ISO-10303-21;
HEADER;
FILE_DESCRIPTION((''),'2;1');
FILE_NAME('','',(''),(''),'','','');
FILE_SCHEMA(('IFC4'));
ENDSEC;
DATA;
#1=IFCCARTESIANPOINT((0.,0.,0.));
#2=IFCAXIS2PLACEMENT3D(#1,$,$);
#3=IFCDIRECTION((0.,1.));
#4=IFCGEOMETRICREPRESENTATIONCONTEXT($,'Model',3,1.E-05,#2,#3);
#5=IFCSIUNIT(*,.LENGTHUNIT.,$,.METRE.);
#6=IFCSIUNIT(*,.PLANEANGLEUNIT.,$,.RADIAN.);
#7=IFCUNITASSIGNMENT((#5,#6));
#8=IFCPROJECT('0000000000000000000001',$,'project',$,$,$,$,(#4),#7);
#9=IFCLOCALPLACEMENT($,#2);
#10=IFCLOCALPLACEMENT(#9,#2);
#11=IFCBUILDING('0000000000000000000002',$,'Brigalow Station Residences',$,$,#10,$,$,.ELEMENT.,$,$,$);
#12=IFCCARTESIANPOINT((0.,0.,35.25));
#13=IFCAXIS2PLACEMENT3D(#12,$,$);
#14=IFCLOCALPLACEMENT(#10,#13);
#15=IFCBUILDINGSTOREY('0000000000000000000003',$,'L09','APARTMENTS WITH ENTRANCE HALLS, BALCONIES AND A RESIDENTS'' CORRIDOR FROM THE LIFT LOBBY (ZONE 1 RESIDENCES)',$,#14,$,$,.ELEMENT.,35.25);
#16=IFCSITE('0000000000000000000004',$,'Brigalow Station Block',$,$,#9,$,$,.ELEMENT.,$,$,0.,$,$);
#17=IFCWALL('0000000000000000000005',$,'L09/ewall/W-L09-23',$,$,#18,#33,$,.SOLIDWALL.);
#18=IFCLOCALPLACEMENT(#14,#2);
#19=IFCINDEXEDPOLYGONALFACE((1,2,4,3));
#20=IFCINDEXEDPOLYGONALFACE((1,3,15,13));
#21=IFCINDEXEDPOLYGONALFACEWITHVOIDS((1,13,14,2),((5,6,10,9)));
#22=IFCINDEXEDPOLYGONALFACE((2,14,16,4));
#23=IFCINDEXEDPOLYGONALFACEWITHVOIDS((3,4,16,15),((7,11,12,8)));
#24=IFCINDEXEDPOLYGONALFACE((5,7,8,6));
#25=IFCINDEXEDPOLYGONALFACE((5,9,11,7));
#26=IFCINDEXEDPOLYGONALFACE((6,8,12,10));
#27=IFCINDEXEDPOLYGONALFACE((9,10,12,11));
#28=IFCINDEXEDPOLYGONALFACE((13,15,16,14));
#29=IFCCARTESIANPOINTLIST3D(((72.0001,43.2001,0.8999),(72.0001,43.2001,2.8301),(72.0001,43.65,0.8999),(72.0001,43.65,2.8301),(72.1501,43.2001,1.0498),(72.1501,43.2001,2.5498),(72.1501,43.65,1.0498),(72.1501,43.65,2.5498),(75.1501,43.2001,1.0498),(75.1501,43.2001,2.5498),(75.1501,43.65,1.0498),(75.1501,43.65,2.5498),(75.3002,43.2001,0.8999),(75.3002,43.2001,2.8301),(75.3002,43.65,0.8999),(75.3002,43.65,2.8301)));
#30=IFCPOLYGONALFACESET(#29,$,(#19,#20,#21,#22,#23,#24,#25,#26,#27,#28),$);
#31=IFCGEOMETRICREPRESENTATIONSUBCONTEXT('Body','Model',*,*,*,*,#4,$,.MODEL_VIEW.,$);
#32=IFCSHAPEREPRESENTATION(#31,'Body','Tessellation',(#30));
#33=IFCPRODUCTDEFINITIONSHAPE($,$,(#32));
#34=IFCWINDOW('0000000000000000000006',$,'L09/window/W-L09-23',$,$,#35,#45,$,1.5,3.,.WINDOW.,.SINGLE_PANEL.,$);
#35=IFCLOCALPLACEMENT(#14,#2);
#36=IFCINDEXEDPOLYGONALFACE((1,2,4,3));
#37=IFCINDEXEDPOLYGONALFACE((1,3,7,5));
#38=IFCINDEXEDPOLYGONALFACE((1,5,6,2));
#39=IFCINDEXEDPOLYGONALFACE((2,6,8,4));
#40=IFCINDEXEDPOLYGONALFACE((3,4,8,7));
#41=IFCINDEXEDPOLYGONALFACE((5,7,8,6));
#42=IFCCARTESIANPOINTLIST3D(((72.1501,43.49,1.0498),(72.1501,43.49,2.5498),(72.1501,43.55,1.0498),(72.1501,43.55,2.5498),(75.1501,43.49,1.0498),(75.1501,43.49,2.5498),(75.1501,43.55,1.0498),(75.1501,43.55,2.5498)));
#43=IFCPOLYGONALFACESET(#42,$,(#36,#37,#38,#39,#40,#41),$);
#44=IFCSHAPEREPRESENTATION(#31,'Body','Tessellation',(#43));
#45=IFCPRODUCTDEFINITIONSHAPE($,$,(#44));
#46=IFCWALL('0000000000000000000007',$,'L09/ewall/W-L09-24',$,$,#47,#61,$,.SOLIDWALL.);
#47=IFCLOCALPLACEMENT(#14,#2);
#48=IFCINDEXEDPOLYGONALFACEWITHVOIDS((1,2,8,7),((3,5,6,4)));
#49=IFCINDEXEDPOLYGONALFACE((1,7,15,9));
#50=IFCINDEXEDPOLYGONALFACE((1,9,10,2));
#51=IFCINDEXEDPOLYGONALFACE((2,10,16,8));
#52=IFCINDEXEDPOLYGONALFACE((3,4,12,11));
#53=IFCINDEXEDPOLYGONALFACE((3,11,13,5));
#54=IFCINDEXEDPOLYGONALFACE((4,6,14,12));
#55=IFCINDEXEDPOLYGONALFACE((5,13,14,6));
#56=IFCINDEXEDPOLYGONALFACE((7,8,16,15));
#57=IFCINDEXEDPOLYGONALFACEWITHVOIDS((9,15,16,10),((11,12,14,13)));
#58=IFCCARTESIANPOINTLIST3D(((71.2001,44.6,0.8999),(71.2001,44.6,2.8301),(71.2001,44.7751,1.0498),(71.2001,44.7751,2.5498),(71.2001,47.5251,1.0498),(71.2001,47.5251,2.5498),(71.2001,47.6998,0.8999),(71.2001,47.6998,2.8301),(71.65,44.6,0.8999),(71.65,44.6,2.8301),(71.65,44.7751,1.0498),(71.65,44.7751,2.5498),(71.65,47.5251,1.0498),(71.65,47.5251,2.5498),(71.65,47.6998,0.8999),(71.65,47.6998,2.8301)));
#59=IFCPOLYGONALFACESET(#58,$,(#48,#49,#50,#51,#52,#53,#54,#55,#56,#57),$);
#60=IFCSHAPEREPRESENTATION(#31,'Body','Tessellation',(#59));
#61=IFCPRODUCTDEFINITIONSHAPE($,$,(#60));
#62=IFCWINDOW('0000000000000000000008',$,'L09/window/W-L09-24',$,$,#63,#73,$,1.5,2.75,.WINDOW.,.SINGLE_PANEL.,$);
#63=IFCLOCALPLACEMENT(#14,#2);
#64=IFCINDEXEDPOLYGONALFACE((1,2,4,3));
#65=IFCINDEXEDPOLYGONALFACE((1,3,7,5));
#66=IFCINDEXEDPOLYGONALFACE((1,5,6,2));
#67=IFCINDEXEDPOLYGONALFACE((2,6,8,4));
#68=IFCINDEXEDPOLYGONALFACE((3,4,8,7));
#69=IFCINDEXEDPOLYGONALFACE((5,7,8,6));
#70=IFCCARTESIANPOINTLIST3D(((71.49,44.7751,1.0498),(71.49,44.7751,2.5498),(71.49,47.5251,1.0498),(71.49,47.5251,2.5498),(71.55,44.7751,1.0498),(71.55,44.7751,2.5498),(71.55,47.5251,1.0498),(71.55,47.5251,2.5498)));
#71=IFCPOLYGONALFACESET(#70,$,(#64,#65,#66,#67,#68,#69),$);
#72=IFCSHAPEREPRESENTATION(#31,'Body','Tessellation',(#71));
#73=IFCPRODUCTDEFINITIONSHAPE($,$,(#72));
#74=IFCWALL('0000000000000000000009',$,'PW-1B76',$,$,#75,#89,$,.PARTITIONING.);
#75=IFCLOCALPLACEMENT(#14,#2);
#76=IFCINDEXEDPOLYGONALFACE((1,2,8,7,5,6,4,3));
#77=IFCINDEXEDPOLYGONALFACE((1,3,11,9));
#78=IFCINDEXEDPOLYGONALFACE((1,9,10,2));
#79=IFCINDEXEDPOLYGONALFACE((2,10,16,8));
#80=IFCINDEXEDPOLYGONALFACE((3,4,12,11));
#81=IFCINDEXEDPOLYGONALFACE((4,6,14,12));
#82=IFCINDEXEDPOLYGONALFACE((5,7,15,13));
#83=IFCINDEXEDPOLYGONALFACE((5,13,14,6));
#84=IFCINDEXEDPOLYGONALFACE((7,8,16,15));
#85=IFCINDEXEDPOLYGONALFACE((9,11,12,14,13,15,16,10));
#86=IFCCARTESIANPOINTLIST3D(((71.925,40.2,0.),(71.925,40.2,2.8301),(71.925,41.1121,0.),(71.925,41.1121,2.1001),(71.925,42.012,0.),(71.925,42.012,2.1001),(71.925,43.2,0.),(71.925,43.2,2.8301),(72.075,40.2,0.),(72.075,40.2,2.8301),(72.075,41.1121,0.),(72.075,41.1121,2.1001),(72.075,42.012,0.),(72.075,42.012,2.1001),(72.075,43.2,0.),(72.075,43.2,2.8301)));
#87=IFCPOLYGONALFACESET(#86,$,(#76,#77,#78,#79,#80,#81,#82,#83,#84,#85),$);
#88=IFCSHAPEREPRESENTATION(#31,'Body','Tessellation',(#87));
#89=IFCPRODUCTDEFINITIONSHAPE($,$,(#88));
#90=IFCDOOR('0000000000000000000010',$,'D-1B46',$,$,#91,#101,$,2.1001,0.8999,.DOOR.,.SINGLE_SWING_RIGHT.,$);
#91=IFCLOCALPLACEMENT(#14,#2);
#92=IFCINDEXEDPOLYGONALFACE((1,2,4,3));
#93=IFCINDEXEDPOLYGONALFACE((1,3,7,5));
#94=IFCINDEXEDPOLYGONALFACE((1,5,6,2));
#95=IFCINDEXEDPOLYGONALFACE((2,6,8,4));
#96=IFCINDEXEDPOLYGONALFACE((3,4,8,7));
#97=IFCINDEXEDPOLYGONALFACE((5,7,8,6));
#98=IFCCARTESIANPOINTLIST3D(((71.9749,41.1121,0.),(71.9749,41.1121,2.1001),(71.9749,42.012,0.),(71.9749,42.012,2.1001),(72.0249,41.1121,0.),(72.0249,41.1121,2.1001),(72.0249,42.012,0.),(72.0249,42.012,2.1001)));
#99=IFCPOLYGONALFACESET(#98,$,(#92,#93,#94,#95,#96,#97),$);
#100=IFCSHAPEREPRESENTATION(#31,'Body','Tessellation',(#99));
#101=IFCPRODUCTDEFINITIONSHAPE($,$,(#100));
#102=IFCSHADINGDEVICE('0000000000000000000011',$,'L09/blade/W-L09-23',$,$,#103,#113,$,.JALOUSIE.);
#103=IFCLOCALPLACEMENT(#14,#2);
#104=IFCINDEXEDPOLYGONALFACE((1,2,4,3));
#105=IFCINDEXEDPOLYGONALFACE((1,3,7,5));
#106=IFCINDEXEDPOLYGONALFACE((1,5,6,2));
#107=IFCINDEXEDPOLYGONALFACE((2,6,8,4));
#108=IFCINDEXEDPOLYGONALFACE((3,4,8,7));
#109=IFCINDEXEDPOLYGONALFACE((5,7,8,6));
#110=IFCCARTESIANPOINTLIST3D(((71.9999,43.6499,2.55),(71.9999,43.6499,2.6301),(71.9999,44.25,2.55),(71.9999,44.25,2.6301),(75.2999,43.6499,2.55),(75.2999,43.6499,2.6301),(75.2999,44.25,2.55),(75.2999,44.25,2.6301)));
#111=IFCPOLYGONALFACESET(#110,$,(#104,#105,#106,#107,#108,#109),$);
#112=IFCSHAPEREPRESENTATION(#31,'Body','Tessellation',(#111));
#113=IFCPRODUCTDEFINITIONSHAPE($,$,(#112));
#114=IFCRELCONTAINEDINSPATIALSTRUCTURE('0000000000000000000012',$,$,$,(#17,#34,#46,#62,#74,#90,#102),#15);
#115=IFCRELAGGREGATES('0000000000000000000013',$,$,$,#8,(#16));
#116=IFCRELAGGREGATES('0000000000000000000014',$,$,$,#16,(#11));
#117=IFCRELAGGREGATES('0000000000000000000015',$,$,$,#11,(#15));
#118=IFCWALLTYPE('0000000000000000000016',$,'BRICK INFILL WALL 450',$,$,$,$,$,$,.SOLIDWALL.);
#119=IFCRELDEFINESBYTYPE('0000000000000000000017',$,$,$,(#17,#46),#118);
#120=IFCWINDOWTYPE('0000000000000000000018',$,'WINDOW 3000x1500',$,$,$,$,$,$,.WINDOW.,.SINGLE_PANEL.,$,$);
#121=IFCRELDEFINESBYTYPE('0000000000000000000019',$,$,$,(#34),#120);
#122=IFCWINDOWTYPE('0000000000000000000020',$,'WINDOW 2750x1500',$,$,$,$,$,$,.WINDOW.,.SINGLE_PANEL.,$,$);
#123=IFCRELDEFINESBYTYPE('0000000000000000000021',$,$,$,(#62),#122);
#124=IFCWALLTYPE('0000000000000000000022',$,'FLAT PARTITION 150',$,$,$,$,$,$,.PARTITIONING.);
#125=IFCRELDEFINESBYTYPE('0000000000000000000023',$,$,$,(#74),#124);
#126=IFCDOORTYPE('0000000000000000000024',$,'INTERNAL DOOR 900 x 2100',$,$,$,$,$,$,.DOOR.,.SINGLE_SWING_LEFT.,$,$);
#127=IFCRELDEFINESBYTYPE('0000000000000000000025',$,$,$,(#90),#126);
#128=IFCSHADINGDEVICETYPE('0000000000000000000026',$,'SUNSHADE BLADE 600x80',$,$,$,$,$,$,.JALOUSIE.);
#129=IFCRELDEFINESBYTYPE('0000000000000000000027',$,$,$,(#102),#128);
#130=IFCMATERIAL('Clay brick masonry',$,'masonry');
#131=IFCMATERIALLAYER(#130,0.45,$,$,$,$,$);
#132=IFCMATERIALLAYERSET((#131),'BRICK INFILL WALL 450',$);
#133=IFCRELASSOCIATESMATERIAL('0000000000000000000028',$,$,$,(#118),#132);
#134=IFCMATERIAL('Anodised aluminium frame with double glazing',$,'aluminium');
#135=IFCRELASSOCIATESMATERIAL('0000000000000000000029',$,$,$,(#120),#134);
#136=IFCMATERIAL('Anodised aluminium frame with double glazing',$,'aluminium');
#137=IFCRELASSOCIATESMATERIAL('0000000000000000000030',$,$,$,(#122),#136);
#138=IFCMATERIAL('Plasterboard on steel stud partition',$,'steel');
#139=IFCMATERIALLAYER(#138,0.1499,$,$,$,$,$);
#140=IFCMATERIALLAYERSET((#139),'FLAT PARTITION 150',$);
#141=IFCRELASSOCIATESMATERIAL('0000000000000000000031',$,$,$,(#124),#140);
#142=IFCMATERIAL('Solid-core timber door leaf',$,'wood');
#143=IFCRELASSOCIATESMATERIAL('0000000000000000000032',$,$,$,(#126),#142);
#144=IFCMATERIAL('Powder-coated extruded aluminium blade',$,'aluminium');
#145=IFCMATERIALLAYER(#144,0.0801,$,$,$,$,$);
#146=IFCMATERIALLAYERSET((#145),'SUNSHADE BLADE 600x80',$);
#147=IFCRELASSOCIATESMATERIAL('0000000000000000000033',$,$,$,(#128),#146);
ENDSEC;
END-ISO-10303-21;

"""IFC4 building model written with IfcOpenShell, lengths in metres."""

from ifc_helpers import new_model, si_unit, direction, frame, frame_2d, origin, origin_2d, place, context, subcontext, project, spatial, rectangle, extrude, material, layer, layer_set, type_object, element, fill, save


model = new_model("IFC4")

# Units and contexts
model_context = context("Model", 3, precision=1e-05, world=origin(), true_north=direction((0.0, 1.0)))
body_context = subcontext(model_context, "Body", "Model", "MODEL_VIEW")
ifc_project = project(units=[si_unit("LENGTHUNIT", "METRE"), si_unit("PLANEANGLEUNIT", "RADIAN")], contexts=[model_context])

# Site, building, storey
site_placement = place(None, origin())
site = spatial("IfcSite", under=ifc_project, at=site_placement, Name="Brigalow Station Block", CompositionType="ELEMENT", RefElevation=0.0)
building_placement = place(site_placement, origin())
building = spatial("IfcBuilding", under=site, at=building_placement, Name="Brigalow Station Residences", CompositionType="ELEMENT")
storey_placement = place(building_placement, frame((0.0, 0.0, 35.25)))
storey = spatial("IfcBuildingStorey", under=building, at=storey_placement, Name="L09", Description="APARTMENTS WITH ENTRANCE HALLS, BALCONIES AND A RESIDENTS' CORRIDOR FROM THE LIFT LOBBY (ZONE 1 RESIDENCES)", CompositionType="ELEMENT", Elevation=35.25)

# Walls, openings, windows
ifc_material_1 = material(Name="Clay brick masonry", Category="masonry")
ifc_layer_1 = layer(ifc_material_1, 0.45)
ifc_layer_set_1 = layer_set([ifc_layer_1], Name="BRICK INFILL WALL 450")
wall_type_1 = type_object("IfcWallType", Name="BRICK INFILL WALL 450", PredefinedType="SOLIDWALL", material=ifc_layer_set_1)
wall_1_placement = place(storey_placement, frame((75.3, 43.425, 0.8999), z_axis=(0.0, 0.0, 1.0), x_axis=(-1.0, 0.0, 0.0)))
wall_1 = element("IfcWall", 1, at=wall_1_placement, inside=storey, type_object=wall_type_1, Name="L09/ewall/W-L09-23", PredefinedType="SOLIDWALL", context=body_context, shape_type="SweptSolid", body=[
    extrude(rectangle(XDim=3.3, YDim=0.45, at=frame_2d((1.6499, 0.0))), origin(), (0.0, 0.0, 1.0), 1.9302),
])
opening_1_placement = place(wall_1_placement, frame((0.1499, 0.0, 0.1499)))
opening_1 = element("IfcOpeningElement", 2, at=opening_1_placement, cuts=wall_1, PredefinedType="OPENING", context=body_context, shape_type="SweptSolid", body=[
    extrude(rectangle(XDim=3.0, YDim=1.5, at=frame_2d((1.5, 0.75))), frame((0.0, 0.2349, 0.0), z_axis=(0.0, -1.0, 0.0), x_axis=(1.0, 0.0, 0.0)), (0.0, 0.0, 1.0), 0.47),
])
ifc_material_2 = material(Name="Anodised aluminium frame with double glazing", Category="aluminium")
window_type_1 = type_object("IfcWindowType", Name="WINDOW 3000x1500", PartitioningType="SINGLE_PANEL", PredefinedType="WINDOW", material=ifc_material_2)
window_1_placement = place(opening_1_placement, origin())
window_1 = element("IfcWindow", 3, at=window_1_placement, inside=storey, type_object=window_type_1, Name="L09/window/W-L09-23", OverallHeight=1.5, OverallWidth=3.0, PartitioningType="SINGLE_PANEL", PredefinedType="WINDOW", context=body_context, shape_type="SweptSolid", body=[
    extrude(rectangle(XDim=3.0, YDim=1.5, at=frame_2d((1.5, 0.75))), frame((0.0, -0.0649, 0.0), z_axis=(0.0, -1.0, 0.0), x_axis=(1.0, 0.0, 0.0)), (0.0, 0.0, 1.0), 0.0601),
])
fill(opening_1, window_1)
wall_2_placement = place(storey_placement, frame((71.425, 44.6001, 0.8999), z_axis=(0.0, 0.0, 1.0), x_axis=(0.0, 1.0, 0.0)))
wall_2 = element("IfcWall", 4, at=wall_2_placement, inside=storey, type_object=wall_type_1, Name="L09/ewall/W-L09-24", PredefinedType="SOLIDWALL", context=body_context, shape_type="SweptSolid", body=[
    extrude(rectangle(XDim=3.0999, YDim=0.45, at=frame_2d((1.5498, 0.0))), origin(), (0.0, 0.0, 1.0), 1.9302),
])
opening_2_placement = place(wall_2_placement, frame((0.175, 0.0, 0.1499)))
opening_2 = element("IfcOpeningElement", 5, at=opening_2_placement, cuts=wall_2, PredefinedType="OPENING", context=body_context, shape_type="SweptSolid", body=[
    extrude(rectangle(XDim=2.75, YDim=1.5, at=frame_2d((1.375, 0.75))), frame((0.0, 0.2349, 0.0), z_axis=(0.0, -1.0, 0.0), x_axis=(1.0, 0.0, 0.0)), (0.0, 0.0, 1.0), 0.47),
])
ifc_material_3 = material(Name="Anodised aluminium frame with double glazing", Category="aluminium")
window_type_2 = type_object("IfcWindowType", Name="WINDOW 2750x1500", PartitioningType="SINGLE_PANEL", PredefinedType="WINDOW", material=ifc_material_3)
window_2_placement = place(opening_2_placement, origin())
window_2 = element("IfcWindow", 6, at=window_2_placement, inside=storey, type_object=window_type_2, Name="L09/window/W-L09-24", OverallHeight=1.5, OverallWidth=2.75, PartitioningType="SINGLE_PANEL", PredefinedType="WINDOW", context=body_context, shape_type="SweptSolid", body=[
    extrude(rectangle(XDim=2.75, YDim=1.5, at=frame_2d((1.375, 0.75))), frame((0.0, -0.0649, 0.0), z_axis=(0.0, -1.0, 0.0), x_axis=(1.0, 0.0, 0.0)), (0.0, 0.0, 1.0), 0.0601),
])
fill(opening_2, window_2)

# Wall, opening, door
ifc_material_4 = material(Name="Plasterboard on steel stud partition", Category="steel")
ifc_layer_2 = layer(ifc_material_4, 0.1499)
ifc_layer_set_2 = layer_set([ifc_layer_2], Name="FLAT PARTITION 150")
wall_type_2 = type_object("IfcWallType", Name="FLAT PARTITION 150", PredefinedType="PARTITIONING", material=ifc_layer_set_2)
wall_3_placement = place(storey_placement, frame((72.0, 40.2, 0.0), z_axis=(0.0, 0.0, 1.0), x_axis=(0.0, 1.0, 0.0)))
wall_3 = element("IfcWall", 7, at=wall_3_placement, inside=storey, type_object=wall_type_2, Name="PW-1B76", PredefinedType="PARTITIONING", context=body_context, shape_type="SweptSolid", body=[
    extrude(rectangle(XDim=3.0, YDim=0.1499, at=frame_2d((1.5, 0.0))), origin(), (0.0, 0.0, 1.0), 2.8301),
])
opening_3_placement = place(wall_3_placement, frame((0.9121, 0.0, 0.0)))
opening_3 = element("IfcOpeningElement", 8, at=opening_3_placement, cuts=wall_3, PredefinedType="OPENING", context=body_context, shape_type="SweptSolid", body=[
    extrude(rectangle(XDim=0.8999, YDim=2.1001, at=frame_2d((0.45, 1.05))), frame((0.0, 0.085, 0.0), z_axis=(0.0, -1.0, 0.0), x_axis=(1.0, 0.0, 0.0)), (0.0, 0.0, 1.0), 0.1699),
])
ifc_material_5 = material(Name="Solid-core timber door leaf", Category="wood")
door_type = type_object("IfcDoorType", Name="INTERNAL DOOR 900 x 2100", OperationType="SINGLE_SWING_LEFT", PredefinedType="DOOR", material=ifc_material_5)
door_placement = place(opening_3_placement, frame((0.8999, 0.0, 0.0), z_axis=(0.0, 0.0, 1.0), x_axis=(-1.0, 0.0, 0.0)))
door = element("IfcDoor", 9, at=door_placement, inside=storey, type_object=door_type, Name="D-1B46", OperationType="SINGLE_SWING_RIGHT", OverallHeight=2.1001, OverallWidth=0.8999, PredefinedType="DOOR", context=body_context, shape_type="SweptSolid", body=[
    extrude(rectangle(XDim=0.8999, YDim=2.1001, at=frame_2d((0.45, 1.05))), frame((0.0, 0.0249, 0.0), z_axis=(0.0, -1.0, 0.0), x_axis=(1.0, 0.0, 0.0)), (0.0, 0.0, 1.0), 0.05),
])
fill(opening_3, door)

# Shading device
ifc_material_6 = material(Name="Powder-coated extruded aluminium blade", Category="aluminium")
ifc_layer_3 = layer(ifc_material_6, 0.0801)
ifc_layer_set_3 = layer_set([ifc_layer_3], Name="SUNSHADE BLADE 600x80")
shading_device_type = type_object("IfcShadingDeviceType", Name="SUNSHADE BLADE 600x80", PredefinedType="JALOUSIE", material=ifc_layer_set_3)
shading_device_placement = place(storey_placement, frame((73.6499, 43.95, 2.55), z_axis=(0.0, 0.0, 1.0), x_axis=(-1.0, 0.0, 0.0)))
element("IfcShadingDevice", 10, at=shading_device_placement, inside=storey, type_object=shading_device_type, Name="L09/blade/W-L09-23", PredefinedType="JALOUSIE", context=body_context, shape_type="SweptSolid", body=[
    extrude(rectangle(XDim=3.3, YDim=0.6001, at=origin_2d()), origin(), (0.0, 0.0, 1.0), 0.0801),
])

save(model, "model.ifc")
